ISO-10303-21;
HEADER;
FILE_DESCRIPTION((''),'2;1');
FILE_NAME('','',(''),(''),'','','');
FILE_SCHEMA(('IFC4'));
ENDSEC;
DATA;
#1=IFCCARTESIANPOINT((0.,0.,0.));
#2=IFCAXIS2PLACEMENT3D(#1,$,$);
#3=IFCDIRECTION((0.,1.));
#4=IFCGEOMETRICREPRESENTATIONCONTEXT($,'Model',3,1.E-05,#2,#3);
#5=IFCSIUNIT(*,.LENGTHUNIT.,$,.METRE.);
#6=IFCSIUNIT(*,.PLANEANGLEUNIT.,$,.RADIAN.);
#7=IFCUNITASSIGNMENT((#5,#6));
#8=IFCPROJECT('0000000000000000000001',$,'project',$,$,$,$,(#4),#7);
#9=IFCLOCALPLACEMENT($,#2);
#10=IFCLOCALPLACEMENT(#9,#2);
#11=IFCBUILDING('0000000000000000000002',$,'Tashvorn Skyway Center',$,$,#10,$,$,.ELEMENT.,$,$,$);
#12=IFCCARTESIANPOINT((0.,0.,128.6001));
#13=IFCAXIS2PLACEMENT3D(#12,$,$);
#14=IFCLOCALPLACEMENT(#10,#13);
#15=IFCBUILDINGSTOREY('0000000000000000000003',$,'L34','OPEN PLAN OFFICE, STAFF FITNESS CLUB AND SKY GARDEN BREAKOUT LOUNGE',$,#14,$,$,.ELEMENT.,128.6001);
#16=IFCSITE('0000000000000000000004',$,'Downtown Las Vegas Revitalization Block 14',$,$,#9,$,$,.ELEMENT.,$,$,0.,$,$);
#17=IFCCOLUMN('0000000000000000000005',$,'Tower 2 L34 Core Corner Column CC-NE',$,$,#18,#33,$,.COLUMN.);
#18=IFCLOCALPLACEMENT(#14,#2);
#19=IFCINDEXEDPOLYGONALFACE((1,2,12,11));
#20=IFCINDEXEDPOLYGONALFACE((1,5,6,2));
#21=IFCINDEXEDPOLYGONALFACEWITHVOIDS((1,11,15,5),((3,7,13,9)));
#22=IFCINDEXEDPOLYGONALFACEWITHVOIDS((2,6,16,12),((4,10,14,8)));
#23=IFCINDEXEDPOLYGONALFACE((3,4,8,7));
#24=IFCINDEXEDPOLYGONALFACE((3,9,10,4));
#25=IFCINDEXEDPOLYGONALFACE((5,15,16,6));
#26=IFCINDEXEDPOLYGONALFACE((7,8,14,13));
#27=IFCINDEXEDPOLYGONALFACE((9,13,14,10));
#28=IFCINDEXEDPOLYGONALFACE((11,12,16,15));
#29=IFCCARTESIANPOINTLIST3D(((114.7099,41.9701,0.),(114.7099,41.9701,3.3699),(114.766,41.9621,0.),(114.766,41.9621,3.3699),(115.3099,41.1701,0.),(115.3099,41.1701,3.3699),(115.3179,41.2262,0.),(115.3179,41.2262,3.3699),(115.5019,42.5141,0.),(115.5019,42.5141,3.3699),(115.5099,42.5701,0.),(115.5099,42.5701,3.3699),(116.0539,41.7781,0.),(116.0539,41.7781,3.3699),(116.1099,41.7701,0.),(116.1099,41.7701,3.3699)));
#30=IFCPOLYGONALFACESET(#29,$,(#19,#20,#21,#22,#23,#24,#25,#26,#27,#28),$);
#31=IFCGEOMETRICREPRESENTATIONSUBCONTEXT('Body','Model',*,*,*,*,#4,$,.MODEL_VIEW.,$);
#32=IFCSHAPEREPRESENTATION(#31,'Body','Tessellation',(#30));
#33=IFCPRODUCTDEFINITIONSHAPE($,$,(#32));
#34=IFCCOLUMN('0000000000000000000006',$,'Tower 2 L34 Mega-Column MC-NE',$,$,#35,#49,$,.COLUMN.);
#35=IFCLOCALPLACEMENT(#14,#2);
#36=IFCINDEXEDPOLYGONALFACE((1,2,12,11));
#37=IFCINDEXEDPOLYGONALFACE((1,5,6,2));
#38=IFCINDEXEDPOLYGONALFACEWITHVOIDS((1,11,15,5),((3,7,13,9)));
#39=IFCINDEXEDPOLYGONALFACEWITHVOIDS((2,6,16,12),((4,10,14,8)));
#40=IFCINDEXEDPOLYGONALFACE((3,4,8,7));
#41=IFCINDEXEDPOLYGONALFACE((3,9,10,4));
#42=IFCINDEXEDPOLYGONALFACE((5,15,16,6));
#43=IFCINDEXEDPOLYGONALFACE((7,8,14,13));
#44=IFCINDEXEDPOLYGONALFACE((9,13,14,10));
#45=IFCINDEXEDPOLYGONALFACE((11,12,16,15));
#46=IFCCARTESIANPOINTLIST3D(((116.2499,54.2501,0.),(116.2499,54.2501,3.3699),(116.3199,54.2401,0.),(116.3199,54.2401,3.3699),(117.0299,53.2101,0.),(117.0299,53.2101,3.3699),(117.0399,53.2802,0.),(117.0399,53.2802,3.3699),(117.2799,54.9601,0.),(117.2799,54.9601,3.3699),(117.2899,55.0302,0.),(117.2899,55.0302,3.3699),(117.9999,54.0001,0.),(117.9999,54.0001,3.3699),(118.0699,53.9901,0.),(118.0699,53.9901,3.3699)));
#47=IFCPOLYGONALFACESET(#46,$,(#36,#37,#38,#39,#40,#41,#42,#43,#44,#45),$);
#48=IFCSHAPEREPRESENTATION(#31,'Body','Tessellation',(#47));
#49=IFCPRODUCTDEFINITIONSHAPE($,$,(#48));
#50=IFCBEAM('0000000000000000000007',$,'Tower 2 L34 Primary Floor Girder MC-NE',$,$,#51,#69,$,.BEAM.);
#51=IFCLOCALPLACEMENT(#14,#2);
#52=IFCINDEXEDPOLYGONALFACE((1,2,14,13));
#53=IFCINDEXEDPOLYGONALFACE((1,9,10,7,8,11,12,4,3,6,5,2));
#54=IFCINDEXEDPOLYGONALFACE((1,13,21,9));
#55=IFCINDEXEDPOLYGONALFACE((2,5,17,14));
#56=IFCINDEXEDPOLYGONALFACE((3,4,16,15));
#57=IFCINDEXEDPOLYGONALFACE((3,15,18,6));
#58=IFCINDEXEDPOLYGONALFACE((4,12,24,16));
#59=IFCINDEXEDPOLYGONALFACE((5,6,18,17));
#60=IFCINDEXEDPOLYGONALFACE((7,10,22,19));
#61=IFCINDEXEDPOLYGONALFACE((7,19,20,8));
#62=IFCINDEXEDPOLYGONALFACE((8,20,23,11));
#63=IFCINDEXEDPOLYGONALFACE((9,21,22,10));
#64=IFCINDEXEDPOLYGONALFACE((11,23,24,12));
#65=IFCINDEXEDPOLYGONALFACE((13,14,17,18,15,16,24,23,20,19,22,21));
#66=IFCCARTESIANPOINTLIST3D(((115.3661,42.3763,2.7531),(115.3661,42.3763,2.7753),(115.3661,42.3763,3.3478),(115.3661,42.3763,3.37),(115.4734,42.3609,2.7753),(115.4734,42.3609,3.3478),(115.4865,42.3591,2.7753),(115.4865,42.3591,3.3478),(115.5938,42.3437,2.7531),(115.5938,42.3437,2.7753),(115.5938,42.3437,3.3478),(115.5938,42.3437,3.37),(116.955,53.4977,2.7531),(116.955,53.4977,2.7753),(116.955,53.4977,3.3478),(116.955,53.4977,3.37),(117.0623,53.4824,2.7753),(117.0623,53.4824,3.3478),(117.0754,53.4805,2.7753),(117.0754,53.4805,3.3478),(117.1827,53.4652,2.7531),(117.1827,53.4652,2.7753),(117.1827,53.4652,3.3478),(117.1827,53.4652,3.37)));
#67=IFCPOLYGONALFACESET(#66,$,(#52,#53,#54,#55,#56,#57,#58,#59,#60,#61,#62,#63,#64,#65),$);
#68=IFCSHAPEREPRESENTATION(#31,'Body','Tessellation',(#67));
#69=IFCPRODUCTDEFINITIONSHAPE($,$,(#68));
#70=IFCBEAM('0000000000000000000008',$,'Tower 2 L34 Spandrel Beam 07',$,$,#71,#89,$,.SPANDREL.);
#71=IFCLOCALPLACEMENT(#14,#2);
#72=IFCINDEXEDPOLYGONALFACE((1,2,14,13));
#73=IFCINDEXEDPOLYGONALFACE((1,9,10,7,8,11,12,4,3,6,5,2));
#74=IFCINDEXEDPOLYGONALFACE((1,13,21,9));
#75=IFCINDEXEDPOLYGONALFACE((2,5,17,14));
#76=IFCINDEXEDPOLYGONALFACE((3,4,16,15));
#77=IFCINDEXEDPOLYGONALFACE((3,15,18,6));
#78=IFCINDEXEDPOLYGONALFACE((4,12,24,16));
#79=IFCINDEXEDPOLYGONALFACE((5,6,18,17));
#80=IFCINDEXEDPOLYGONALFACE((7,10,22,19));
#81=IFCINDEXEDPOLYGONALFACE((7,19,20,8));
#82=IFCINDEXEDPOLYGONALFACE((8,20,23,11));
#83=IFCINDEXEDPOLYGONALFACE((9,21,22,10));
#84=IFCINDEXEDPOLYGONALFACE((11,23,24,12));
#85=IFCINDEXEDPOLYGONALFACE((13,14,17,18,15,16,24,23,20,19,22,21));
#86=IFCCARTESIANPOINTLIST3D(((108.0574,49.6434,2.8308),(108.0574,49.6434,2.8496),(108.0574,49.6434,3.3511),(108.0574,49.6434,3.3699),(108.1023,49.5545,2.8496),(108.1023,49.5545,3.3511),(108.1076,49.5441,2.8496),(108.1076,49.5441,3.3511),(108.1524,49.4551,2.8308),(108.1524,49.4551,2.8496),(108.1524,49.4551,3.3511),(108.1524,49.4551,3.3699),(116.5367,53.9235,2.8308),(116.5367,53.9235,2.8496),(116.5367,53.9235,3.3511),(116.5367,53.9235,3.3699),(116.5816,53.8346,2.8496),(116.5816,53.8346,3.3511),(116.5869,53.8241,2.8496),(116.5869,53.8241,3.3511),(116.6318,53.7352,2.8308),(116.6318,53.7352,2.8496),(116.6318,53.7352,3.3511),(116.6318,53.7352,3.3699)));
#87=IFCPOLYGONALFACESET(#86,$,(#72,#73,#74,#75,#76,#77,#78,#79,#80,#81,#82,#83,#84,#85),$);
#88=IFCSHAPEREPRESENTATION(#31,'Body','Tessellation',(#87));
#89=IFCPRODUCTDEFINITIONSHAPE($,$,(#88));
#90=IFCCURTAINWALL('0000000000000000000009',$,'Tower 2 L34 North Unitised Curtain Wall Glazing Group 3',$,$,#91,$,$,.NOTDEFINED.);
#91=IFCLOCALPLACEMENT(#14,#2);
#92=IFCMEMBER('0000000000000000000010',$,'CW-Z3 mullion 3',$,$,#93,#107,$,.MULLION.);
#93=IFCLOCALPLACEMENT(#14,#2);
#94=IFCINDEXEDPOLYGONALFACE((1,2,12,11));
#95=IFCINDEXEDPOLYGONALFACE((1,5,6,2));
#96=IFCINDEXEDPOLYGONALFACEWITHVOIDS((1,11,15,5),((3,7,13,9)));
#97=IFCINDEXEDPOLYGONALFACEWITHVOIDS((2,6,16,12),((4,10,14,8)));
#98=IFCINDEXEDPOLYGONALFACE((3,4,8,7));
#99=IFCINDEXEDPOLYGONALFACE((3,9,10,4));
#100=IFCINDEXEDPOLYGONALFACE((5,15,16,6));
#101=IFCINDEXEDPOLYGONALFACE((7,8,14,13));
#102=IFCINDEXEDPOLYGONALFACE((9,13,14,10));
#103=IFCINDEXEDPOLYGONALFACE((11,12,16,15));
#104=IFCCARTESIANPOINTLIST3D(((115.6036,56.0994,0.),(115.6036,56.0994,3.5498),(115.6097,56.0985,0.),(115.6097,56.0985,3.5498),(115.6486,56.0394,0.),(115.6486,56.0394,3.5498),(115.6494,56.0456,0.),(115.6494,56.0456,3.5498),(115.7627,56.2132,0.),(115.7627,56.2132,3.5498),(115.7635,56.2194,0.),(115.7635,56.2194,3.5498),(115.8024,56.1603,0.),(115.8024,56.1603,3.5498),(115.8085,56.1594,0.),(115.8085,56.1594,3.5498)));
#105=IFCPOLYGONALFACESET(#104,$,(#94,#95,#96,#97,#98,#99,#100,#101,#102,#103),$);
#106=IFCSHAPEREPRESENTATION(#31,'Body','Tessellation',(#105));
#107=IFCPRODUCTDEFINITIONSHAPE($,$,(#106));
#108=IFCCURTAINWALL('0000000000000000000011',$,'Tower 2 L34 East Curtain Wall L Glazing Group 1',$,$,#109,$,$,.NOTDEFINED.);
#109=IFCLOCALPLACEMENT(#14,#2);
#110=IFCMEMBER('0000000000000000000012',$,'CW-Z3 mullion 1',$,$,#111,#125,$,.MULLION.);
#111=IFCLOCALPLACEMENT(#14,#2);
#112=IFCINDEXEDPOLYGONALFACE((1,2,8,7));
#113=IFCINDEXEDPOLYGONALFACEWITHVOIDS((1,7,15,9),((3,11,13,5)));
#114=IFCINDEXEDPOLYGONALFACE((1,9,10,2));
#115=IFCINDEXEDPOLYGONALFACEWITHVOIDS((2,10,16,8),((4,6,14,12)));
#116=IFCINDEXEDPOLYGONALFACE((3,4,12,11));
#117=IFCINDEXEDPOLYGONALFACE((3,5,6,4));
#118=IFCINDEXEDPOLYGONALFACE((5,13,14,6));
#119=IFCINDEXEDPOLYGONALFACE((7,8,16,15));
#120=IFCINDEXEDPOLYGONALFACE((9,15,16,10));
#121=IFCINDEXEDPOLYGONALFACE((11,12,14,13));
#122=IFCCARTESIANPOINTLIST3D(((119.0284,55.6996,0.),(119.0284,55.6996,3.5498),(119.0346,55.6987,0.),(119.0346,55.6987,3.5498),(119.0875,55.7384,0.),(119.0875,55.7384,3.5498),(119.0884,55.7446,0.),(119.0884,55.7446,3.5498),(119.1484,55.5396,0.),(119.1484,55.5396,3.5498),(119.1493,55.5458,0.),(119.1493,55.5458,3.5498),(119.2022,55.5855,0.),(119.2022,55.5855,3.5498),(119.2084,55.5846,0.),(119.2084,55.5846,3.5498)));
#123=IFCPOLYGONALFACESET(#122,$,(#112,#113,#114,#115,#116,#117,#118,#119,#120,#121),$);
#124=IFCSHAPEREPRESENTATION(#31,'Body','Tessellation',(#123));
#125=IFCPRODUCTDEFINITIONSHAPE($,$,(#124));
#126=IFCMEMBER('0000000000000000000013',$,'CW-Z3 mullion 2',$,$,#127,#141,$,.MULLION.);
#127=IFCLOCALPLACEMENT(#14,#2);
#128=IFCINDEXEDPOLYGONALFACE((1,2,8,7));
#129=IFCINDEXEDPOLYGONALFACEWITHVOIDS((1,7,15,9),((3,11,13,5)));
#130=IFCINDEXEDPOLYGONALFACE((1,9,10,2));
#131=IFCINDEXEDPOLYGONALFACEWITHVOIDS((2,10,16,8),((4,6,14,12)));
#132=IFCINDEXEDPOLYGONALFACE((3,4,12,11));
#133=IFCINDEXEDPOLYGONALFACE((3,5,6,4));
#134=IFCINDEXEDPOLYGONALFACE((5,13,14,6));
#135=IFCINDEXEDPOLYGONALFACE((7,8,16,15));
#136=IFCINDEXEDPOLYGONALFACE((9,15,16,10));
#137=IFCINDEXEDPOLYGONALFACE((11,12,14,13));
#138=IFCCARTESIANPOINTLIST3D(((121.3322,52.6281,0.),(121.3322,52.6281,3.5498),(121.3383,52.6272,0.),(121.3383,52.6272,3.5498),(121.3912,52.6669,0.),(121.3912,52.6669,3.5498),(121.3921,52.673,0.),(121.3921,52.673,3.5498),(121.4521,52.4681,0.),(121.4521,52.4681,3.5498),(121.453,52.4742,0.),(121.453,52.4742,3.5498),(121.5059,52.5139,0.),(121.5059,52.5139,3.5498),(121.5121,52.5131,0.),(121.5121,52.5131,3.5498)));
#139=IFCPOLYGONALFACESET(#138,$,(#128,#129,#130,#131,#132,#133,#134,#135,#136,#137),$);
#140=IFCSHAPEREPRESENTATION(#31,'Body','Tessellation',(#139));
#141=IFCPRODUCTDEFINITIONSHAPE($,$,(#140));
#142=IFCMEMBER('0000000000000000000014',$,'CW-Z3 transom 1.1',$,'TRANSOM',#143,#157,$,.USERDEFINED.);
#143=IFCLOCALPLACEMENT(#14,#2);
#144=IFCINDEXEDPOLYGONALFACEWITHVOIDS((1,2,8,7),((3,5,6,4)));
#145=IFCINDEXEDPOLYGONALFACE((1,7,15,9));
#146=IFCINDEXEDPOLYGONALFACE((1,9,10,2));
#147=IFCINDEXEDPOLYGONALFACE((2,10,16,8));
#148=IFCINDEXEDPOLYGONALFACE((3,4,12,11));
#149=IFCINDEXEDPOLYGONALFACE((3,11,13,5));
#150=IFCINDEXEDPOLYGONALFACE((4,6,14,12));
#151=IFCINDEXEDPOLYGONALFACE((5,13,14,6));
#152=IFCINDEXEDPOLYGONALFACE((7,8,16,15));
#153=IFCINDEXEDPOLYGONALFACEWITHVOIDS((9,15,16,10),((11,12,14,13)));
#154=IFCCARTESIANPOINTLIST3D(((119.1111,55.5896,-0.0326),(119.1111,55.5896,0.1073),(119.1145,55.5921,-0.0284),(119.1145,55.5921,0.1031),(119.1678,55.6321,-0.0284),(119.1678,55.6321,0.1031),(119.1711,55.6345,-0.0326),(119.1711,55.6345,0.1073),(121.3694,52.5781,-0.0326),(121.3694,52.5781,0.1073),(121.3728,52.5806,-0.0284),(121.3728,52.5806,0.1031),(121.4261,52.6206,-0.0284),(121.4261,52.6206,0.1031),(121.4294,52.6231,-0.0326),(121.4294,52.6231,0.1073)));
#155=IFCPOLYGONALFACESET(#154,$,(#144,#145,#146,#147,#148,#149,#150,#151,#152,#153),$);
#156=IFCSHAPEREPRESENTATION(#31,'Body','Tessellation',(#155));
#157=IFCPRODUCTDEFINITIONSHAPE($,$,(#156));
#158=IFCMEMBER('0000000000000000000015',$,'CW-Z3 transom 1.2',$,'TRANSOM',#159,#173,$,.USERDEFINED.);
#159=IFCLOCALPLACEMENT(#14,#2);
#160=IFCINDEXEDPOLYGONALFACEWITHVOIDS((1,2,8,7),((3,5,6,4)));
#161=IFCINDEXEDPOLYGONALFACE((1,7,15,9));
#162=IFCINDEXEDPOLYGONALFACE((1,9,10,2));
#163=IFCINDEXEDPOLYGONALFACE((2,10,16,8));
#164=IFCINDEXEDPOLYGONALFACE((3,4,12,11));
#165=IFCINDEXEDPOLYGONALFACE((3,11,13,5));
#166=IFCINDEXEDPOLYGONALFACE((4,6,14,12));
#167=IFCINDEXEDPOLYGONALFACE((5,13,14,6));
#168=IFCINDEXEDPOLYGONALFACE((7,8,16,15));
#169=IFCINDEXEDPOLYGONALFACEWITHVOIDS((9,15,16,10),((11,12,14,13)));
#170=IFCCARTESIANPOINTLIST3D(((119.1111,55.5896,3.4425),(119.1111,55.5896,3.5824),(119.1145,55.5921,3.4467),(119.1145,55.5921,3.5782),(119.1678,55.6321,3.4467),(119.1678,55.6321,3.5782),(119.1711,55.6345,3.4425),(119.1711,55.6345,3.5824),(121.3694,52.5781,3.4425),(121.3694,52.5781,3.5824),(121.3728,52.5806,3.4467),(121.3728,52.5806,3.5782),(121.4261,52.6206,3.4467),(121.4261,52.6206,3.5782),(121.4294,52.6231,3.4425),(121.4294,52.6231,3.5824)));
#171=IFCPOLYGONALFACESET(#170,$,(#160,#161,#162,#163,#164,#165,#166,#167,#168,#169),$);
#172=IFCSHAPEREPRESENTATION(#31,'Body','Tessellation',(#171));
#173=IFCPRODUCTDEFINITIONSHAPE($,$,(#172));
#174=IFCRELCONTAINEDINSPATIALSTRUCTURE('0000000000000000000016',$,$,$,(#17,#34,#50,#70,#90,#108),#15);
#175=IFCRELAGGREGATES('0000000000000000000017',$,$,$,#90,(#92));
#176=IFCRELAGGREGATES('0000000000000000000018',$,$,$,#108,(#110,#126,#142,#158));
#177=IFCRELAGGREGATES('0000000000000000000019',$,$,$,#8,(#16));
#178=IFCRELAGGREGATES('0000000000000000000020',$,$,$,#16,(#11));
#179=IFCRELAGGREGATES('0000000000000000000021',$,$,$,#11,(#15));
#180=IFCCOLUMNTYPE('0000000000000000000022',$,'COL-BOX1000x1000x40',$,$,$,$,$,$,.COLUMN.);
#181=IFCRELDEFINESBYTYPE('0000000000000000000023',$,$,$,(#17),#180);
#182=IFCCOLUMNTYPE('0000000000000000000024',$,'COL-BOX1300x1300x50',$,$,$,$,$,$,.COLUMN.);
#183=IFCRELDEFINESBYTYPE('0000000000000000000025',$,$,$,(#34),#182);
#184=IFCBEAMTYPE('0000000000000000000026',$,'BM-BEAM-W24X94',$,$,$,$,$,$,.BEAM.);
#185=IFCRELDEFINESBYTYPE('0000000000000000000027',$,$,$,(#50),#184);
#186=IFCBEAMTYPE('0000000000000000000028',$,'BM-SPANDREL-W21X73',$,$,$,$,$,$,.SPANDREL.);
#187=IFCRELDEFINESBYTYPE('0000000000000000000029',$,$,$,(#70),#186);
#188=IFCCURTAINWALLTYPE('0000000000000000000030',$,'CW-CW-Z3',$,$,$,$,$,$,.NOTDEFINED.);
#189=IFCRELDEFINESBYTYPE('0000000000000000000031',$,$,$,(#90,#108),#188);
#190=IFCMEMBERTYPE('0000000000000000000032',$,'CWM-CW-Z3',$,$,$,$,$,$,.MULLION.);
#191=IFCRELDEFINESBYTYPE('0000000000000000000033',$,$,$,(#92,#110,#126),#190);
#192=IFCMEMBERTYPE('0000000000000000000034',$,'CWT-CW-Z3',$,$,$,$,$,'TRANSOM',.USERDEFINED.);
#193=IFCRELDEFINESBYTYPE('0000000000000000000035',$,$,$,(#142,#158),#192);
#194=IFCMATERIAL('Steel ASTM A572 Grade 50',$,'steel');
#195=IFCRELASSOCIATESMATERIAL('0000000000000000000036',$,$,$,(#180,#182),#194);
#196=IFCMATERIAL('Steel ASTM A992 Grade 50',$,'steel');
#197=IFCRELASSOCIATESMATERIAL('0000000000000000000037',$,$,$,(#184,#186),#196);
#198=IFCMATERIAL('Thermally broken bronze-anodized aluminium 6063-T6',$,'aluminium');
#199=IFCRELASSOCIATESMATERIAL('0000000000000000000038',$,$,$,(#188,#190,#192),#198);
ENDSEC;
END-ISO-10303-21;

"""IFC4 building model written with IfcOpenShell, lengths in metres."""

from ifc_helpers import new_model, si_unit, direction, frame, origin, origin_2d, place, context, subcontext, project, spatial, hollow_rectangle, i_section, extrude, material, material_profile, profile_set, type_object, element, aggregate, save


model = new_model("IFC4")

# Units and contexts
model_context = context("Model", 3, precision=1e-05, world=origin(), true_north=direction((0.0, 1.0)))
body_context = subcontext(model_context, "Body", "Model", "MODEL_VIEW")
ifc_project = project(units=[si_unit("LENGTHUNIT", "METRE"), si_unit("PLANEANGLEUNIT", "RADIAN")], contexts=[model_context])

# Site, building, storey
site_placement = place(None, origin())
site = spatial("IfcSite", under=ifc_project, at=site_placement, Name="Downtown Las Vegas Revitalization Block 14", CompositionType="ELEMENT", RefElevation=0.0)
building_placement = place(site_placement, origin())
building = spatial("IfcBuilding", under=site, at=building_placement, Name="Tashvorn Skyway Center", CompositionType="ELEMENT")
storey_placement = place(building_placement, frame((0.0, 0.0, 128.6001)))
storey = spatial("IfcBuildingStorey", under=building, at=storey_placement, Name="L34", Description="OPEN PLAN OFFICE, STAFF FITNESS CLUB AND SKY GARDEN BREAKOUT LOUNGE", CompositionType="ELEMENT", Elevation=128.6001)

# Columns
ifc_material_1 = material(Name="Steel ASTM A572 Grade 50", Category="steel")
ifc_material_profile_1 = material_profile(ifc_material_1, hollow_rectangle(XDim=1.0, YDim=1.0, WallThickness=0.04, at=origin_2d()), Name="BOX1000x1000x40")
ifc_profile_set_1 = profile_set([ifc_material_profile_1], Name="Steel ASTM A572 Grade 50")
column_type_1 = type_object("IfcColumnType", Name="COL-BOX1000x1000x40", PredefinedType="COLUMN", material=ifc_profile_set_1)
column_1_placement = place(storey_placement, frame((115.4099, 41.8701, 0.0), z_axis=(0.0, 0.0, 1.0), x_axis=(0.8, 0.6, 0.0)))
element("IfcColumn", 1, at=column_1_placement, inside=storey, type_object=column_type_1, Name="Tower 2 L34 Core Corner Column CC-NE", PredefinedType="COLUMN", context=body_context, shape_type="SweptSolid", body=[
    extrude(hollow_rectangle(XDim=1.0, YDim=1.0, WallThickness=0.04, at=origin_2d()), origin(), (0.0, 0.0, 1.0), 3.3699),
])
ifc_material_profile_2 = material_profile(ifc_material_1, hollow_rectangle(XDim=1.3, YDim=1.3, WallThickness=0.05, at=origin_2d()), Name="BOX1300x1300x50")
ifc_profile_set_2 = profile_set([ifc_material_profile_2], Name="Steel ASTM A572 Grade 50")
column_type_2 = type_object("IfcColumnType", Name="COL-BOX1300x1300x50", PredefinedType="COLUMN", material=ifc_profile_set_2)
column_2_placement = place(storey_placement, frame((117.1599, 54.1201, 0.0), z_axis=(0.0, 0.0, 1.0), x_axis=(0.8, 0.6, 0.0)))
element("IfcColumn", 2, at=column_2_placement, inside=storey, type_object=column_type_2, Name="Tower 2 L34 Mega-Column MC-NE", PredefinedType="COLUMN", context=body_context, shape_type="SweptSolid", body=[
    extrude(hollow_rectangle(XDim=1.3, YDim=1.3, WallThickness=0.05, at=origin_2d()), origin(), (0.0, 0.0, 1.0), 3.3699),
])

# Beams
ifc_material_2 = material(Name="Steel ASTM A992 Grade 50", Category="steel")
ifc_material_profile_3 = material_profile(ifc_material_2, i_section(OverallWidth=0.23, OverallDepth=0.6169, WebThickness=0.0132, FlangeThickness=0.0222, at=origin_2d()), Name="W24X94")
ifc_profile_set_3 = profile_set([ifc_material_profile_3], Name="Steel ASTM A992 Grade 50")
beam_type_1 = type_object("IfcBeamType", Name="BM-BEAM-W24X94", PredefinedType="BEAM", material=ifc_profile_set_3)
beam_1_placement = place(storey_placement, frame((117.0688, 53.4814, 3.0615), z_axis=(-0.14143, -0.989948, 0.0), x_axis=(0.989948, -0.14143, 0.0)))
element("IfcBeam", 3, at=beam_1_placement, inside=storey, type_object=beam_type_1, Name="Tower 2 L34 Primary Floor Girder MC-NE", PredefinedType="BEAM", context=body_context, shape_type="SweptSolid", body=[
    extrude(i_section(OverallWidth=0.23, OverallDepth=0.6169, WebThickness=0.0132, FlangeThickness=0.0222, at=origin_2d()), origin(), (0.0, 0.0, 1.0), 11.2344),
])
ifc_material_profile_4 = material_profile(ifc_material_2, i_section(OverallWidth=0.2109, OverallDepth=0.5391, WebThickness=0.0117, FlangeThickness=0.0188, at=origin_2d()), Name="W21X73")
ifc_profile_set_4 = profile_set([ifc_material_profile_4], Name="Steel ASTM A992 Grade 50")
beam_type_2 = type_object("IfcBeamType", Name="BM-SPANDREL-W21X73", PredefinedType="SPANDREL", material=ifc_profile_set_4)
beam_2_placement = place(storey_placement, frame((116.5842, 53.8293, 3.1003), z_axis=(-0.892719, -0.450614, 0.0), x_axis=(0.450614, -0.892719, 0.0)))
element("IfcBeam", 4, at=beam_2_placement, inside=storey, type_object=beam_type_2, Name="Tower 2 L34 Spandrel Beam 07", PredefinedType="SPANDREL", context=body_context, shape_type="SweptSolid", body=[
    extrude(i_section(OverallWidth=0.2109, OverallDepth=0.5391, WebThickness=0.0117, FlangeThickness=0.0188, at=origin_2d()), origin(), (0.0, 0.0, 1.0), 9.4983),
])

# Curtain wall, member
ifc_material_3 = material(Name="Thermally broken bronze-anodized aluminium 6063-T6", Category="aluminium")
curtain_wall_type = type_object("IfcCurtainWallType", Name="CW-CW-Z3", PredefinedType="NOTDEFINED", material=ifc_material_3)
curtain_wall_1_placement = place(storey_placement, origin())
curtain_wall_1 = element("IfcCurtainWall", 5, at=curtain_wall_1_placement, inside=storey, type_object=curtain_wall_type, Name="Tower 2 L34 North Unitised Curtain Wall Glazing Group 3", PredefinedType="NOTDEFINED")
ifc_material_profile_5 = material_profile(ifc_material_3, hollow_rectangle(XDim=0.075, YDim=0.2, WallThickness=0.0044, at=origin_2d()), Name="ALU-MULL-75x200")
ifc_profile_set_5 = profile_set([ifc_material_profile_5], Name="Thermally broken bronze-anodized aluminium 6063-T6")
member_type_1 = type_object("IfcMemberType", Name="CWM-CW-Z3", PredefinedType="MULLION", material=ifc_profile_set_5)
member_1_placement = place(storey_placement, frame((115.7061, 56.1294, 0.0), z_axis=(0.0, 0.0, 1.0), x_axis=(-0.600005, 0.799997, 0.0)))
member_1 = element("IfcMember", 6, at=member_1_placement, type_object=member_type_1, Name="CW-Z3 mullion 3", PredefinedType="MULLION", context=body_context, shape_type="SweptSolid", body=[
    extrude(hollow_rectangle(XDim=0.075, YDim=0.2, WallThickness=0.0044, at=origin_2d()), origin(), (0.0, 0.0, 1.0), 3.5498),
])
aggregate(curtain_wall_1, [member_1])

# Curtain wall, members
curtain_wall_2_placement = place(storey_placement, origin())
curtain_wall_2 = element("IfcCurtainWall", 7, at=curtain_wall_2_placement, inside=storey, type_object=curtain_wall_type, Name="Tower 2 L34 East Curtain Wall L Glazing Group 1", PredefinedType="NOTDEFINED")
member_2_placement = place(storey_placement, frame((119.1184, 55.6421, 0.0), z_axis=(0.0, 0.0, 1.0), x_axis=(0.800002, 0.599998, 0.0)))
member_2 = element("IfcMember", 8, at=member_2_placement, type_object=member_type_1, Name="CW-Z3 mullion 1", PredefinedType="MULLION", context=body_context, shape_type="SweptSolid", body=[
    extrude(hollow_rectangle(XDim=0.075, YDim=0.2, WallThickness=0.0044, at=origin_2d()), origin(), (0.0, 0.0, 1.0), 3.5498),
])
member_3_placement = place(storey_placement, frame((121.4221, 52.5706, 0.0), z_axis=(0.0, 0.0, 1.0), x_axis=(0.800002, 0.599998, 0.0)))
member_3 = element("IfcMember", 9, at=member_3_placement, type_object=member_type_1, Name="CW-Z3 mullion 2", PredefinedType="MULLION", context=body_context, shape_type="SweptSolid", body=[
    extrude(hollow_rectangle(XDim=0.075, YDim=0.2, WallThickness=0.0044, at=origin_2d()), origin(), (0.0, 0.0, 1.0), 3.5498),
])
ifc_material_profile_6 = material_profile(ifc_material_3, hollow_rectangle(XDim=0.075, YDim=0.1399, WallThickness=0.0042, at=origin_2d()), Name="ALU-TRAN-75x140")
ifc_profile_set_6 = profile_set([ifc_material_profile_6], Name="Thermally broken bronze-anodized aluminium 6063-T6")
member_type_2 = type_object("IfcMemberType", Name="CWT-CW-Z3", ElementType="TRANSOM", PredefinedType="USERDEFINED", material=ifc_profile_set_6)
member_4_placement = place(storey_placement, frame((119.1411, 55.6121, 0.0374), z_axis=(0.599948, -0.800039, 0.0), x_axis=(0.800039, 0.599948, 0.0)))
member_4 = element("IfcMember", 10, at=member_4_placement, type_object=member_type_2, Name="CW-Z3 transom 1.1", ObjectType="TRANSOM", PredefinedType="USERDEFINED", context=body_context, shape_type="SweptSolid", body=[
    extrude(hollow_rectangle(XDim=0.075, YDim=0.1399, WallThickness=0.0042, at=origin_2d()), origin(), (0.0, 0.0, 1.0), 3.7642),
])
member_5_placement = place(storey_placement, frame((119.1411, 55.6121, 3.5125), z_axis=(0.599948, -0.800039, 0.0), x_axis=(0.800039, 0.599948, 0.0)))
member_5 = element("IfcMember", 11, at=member_5_placement, type_object=member_type_2, Name="CW-Z3 transom 1.2", ObjectType="TRANSOM", PredefinedType="USERDEFINED", context=body_context, shape_type="SweptSolid", body=[
    extrude(hollow_rectangle(XDim=0.075, YDim=0.1399, WallThickness=0.0042, at=origin_2d()), origin(), (0.0, 0.0, 1.0), 3.7642),
])
aggregate(curtain_wall_2, [member_2, member_3, member_4, member_5])

save(model, "model.ifc")
